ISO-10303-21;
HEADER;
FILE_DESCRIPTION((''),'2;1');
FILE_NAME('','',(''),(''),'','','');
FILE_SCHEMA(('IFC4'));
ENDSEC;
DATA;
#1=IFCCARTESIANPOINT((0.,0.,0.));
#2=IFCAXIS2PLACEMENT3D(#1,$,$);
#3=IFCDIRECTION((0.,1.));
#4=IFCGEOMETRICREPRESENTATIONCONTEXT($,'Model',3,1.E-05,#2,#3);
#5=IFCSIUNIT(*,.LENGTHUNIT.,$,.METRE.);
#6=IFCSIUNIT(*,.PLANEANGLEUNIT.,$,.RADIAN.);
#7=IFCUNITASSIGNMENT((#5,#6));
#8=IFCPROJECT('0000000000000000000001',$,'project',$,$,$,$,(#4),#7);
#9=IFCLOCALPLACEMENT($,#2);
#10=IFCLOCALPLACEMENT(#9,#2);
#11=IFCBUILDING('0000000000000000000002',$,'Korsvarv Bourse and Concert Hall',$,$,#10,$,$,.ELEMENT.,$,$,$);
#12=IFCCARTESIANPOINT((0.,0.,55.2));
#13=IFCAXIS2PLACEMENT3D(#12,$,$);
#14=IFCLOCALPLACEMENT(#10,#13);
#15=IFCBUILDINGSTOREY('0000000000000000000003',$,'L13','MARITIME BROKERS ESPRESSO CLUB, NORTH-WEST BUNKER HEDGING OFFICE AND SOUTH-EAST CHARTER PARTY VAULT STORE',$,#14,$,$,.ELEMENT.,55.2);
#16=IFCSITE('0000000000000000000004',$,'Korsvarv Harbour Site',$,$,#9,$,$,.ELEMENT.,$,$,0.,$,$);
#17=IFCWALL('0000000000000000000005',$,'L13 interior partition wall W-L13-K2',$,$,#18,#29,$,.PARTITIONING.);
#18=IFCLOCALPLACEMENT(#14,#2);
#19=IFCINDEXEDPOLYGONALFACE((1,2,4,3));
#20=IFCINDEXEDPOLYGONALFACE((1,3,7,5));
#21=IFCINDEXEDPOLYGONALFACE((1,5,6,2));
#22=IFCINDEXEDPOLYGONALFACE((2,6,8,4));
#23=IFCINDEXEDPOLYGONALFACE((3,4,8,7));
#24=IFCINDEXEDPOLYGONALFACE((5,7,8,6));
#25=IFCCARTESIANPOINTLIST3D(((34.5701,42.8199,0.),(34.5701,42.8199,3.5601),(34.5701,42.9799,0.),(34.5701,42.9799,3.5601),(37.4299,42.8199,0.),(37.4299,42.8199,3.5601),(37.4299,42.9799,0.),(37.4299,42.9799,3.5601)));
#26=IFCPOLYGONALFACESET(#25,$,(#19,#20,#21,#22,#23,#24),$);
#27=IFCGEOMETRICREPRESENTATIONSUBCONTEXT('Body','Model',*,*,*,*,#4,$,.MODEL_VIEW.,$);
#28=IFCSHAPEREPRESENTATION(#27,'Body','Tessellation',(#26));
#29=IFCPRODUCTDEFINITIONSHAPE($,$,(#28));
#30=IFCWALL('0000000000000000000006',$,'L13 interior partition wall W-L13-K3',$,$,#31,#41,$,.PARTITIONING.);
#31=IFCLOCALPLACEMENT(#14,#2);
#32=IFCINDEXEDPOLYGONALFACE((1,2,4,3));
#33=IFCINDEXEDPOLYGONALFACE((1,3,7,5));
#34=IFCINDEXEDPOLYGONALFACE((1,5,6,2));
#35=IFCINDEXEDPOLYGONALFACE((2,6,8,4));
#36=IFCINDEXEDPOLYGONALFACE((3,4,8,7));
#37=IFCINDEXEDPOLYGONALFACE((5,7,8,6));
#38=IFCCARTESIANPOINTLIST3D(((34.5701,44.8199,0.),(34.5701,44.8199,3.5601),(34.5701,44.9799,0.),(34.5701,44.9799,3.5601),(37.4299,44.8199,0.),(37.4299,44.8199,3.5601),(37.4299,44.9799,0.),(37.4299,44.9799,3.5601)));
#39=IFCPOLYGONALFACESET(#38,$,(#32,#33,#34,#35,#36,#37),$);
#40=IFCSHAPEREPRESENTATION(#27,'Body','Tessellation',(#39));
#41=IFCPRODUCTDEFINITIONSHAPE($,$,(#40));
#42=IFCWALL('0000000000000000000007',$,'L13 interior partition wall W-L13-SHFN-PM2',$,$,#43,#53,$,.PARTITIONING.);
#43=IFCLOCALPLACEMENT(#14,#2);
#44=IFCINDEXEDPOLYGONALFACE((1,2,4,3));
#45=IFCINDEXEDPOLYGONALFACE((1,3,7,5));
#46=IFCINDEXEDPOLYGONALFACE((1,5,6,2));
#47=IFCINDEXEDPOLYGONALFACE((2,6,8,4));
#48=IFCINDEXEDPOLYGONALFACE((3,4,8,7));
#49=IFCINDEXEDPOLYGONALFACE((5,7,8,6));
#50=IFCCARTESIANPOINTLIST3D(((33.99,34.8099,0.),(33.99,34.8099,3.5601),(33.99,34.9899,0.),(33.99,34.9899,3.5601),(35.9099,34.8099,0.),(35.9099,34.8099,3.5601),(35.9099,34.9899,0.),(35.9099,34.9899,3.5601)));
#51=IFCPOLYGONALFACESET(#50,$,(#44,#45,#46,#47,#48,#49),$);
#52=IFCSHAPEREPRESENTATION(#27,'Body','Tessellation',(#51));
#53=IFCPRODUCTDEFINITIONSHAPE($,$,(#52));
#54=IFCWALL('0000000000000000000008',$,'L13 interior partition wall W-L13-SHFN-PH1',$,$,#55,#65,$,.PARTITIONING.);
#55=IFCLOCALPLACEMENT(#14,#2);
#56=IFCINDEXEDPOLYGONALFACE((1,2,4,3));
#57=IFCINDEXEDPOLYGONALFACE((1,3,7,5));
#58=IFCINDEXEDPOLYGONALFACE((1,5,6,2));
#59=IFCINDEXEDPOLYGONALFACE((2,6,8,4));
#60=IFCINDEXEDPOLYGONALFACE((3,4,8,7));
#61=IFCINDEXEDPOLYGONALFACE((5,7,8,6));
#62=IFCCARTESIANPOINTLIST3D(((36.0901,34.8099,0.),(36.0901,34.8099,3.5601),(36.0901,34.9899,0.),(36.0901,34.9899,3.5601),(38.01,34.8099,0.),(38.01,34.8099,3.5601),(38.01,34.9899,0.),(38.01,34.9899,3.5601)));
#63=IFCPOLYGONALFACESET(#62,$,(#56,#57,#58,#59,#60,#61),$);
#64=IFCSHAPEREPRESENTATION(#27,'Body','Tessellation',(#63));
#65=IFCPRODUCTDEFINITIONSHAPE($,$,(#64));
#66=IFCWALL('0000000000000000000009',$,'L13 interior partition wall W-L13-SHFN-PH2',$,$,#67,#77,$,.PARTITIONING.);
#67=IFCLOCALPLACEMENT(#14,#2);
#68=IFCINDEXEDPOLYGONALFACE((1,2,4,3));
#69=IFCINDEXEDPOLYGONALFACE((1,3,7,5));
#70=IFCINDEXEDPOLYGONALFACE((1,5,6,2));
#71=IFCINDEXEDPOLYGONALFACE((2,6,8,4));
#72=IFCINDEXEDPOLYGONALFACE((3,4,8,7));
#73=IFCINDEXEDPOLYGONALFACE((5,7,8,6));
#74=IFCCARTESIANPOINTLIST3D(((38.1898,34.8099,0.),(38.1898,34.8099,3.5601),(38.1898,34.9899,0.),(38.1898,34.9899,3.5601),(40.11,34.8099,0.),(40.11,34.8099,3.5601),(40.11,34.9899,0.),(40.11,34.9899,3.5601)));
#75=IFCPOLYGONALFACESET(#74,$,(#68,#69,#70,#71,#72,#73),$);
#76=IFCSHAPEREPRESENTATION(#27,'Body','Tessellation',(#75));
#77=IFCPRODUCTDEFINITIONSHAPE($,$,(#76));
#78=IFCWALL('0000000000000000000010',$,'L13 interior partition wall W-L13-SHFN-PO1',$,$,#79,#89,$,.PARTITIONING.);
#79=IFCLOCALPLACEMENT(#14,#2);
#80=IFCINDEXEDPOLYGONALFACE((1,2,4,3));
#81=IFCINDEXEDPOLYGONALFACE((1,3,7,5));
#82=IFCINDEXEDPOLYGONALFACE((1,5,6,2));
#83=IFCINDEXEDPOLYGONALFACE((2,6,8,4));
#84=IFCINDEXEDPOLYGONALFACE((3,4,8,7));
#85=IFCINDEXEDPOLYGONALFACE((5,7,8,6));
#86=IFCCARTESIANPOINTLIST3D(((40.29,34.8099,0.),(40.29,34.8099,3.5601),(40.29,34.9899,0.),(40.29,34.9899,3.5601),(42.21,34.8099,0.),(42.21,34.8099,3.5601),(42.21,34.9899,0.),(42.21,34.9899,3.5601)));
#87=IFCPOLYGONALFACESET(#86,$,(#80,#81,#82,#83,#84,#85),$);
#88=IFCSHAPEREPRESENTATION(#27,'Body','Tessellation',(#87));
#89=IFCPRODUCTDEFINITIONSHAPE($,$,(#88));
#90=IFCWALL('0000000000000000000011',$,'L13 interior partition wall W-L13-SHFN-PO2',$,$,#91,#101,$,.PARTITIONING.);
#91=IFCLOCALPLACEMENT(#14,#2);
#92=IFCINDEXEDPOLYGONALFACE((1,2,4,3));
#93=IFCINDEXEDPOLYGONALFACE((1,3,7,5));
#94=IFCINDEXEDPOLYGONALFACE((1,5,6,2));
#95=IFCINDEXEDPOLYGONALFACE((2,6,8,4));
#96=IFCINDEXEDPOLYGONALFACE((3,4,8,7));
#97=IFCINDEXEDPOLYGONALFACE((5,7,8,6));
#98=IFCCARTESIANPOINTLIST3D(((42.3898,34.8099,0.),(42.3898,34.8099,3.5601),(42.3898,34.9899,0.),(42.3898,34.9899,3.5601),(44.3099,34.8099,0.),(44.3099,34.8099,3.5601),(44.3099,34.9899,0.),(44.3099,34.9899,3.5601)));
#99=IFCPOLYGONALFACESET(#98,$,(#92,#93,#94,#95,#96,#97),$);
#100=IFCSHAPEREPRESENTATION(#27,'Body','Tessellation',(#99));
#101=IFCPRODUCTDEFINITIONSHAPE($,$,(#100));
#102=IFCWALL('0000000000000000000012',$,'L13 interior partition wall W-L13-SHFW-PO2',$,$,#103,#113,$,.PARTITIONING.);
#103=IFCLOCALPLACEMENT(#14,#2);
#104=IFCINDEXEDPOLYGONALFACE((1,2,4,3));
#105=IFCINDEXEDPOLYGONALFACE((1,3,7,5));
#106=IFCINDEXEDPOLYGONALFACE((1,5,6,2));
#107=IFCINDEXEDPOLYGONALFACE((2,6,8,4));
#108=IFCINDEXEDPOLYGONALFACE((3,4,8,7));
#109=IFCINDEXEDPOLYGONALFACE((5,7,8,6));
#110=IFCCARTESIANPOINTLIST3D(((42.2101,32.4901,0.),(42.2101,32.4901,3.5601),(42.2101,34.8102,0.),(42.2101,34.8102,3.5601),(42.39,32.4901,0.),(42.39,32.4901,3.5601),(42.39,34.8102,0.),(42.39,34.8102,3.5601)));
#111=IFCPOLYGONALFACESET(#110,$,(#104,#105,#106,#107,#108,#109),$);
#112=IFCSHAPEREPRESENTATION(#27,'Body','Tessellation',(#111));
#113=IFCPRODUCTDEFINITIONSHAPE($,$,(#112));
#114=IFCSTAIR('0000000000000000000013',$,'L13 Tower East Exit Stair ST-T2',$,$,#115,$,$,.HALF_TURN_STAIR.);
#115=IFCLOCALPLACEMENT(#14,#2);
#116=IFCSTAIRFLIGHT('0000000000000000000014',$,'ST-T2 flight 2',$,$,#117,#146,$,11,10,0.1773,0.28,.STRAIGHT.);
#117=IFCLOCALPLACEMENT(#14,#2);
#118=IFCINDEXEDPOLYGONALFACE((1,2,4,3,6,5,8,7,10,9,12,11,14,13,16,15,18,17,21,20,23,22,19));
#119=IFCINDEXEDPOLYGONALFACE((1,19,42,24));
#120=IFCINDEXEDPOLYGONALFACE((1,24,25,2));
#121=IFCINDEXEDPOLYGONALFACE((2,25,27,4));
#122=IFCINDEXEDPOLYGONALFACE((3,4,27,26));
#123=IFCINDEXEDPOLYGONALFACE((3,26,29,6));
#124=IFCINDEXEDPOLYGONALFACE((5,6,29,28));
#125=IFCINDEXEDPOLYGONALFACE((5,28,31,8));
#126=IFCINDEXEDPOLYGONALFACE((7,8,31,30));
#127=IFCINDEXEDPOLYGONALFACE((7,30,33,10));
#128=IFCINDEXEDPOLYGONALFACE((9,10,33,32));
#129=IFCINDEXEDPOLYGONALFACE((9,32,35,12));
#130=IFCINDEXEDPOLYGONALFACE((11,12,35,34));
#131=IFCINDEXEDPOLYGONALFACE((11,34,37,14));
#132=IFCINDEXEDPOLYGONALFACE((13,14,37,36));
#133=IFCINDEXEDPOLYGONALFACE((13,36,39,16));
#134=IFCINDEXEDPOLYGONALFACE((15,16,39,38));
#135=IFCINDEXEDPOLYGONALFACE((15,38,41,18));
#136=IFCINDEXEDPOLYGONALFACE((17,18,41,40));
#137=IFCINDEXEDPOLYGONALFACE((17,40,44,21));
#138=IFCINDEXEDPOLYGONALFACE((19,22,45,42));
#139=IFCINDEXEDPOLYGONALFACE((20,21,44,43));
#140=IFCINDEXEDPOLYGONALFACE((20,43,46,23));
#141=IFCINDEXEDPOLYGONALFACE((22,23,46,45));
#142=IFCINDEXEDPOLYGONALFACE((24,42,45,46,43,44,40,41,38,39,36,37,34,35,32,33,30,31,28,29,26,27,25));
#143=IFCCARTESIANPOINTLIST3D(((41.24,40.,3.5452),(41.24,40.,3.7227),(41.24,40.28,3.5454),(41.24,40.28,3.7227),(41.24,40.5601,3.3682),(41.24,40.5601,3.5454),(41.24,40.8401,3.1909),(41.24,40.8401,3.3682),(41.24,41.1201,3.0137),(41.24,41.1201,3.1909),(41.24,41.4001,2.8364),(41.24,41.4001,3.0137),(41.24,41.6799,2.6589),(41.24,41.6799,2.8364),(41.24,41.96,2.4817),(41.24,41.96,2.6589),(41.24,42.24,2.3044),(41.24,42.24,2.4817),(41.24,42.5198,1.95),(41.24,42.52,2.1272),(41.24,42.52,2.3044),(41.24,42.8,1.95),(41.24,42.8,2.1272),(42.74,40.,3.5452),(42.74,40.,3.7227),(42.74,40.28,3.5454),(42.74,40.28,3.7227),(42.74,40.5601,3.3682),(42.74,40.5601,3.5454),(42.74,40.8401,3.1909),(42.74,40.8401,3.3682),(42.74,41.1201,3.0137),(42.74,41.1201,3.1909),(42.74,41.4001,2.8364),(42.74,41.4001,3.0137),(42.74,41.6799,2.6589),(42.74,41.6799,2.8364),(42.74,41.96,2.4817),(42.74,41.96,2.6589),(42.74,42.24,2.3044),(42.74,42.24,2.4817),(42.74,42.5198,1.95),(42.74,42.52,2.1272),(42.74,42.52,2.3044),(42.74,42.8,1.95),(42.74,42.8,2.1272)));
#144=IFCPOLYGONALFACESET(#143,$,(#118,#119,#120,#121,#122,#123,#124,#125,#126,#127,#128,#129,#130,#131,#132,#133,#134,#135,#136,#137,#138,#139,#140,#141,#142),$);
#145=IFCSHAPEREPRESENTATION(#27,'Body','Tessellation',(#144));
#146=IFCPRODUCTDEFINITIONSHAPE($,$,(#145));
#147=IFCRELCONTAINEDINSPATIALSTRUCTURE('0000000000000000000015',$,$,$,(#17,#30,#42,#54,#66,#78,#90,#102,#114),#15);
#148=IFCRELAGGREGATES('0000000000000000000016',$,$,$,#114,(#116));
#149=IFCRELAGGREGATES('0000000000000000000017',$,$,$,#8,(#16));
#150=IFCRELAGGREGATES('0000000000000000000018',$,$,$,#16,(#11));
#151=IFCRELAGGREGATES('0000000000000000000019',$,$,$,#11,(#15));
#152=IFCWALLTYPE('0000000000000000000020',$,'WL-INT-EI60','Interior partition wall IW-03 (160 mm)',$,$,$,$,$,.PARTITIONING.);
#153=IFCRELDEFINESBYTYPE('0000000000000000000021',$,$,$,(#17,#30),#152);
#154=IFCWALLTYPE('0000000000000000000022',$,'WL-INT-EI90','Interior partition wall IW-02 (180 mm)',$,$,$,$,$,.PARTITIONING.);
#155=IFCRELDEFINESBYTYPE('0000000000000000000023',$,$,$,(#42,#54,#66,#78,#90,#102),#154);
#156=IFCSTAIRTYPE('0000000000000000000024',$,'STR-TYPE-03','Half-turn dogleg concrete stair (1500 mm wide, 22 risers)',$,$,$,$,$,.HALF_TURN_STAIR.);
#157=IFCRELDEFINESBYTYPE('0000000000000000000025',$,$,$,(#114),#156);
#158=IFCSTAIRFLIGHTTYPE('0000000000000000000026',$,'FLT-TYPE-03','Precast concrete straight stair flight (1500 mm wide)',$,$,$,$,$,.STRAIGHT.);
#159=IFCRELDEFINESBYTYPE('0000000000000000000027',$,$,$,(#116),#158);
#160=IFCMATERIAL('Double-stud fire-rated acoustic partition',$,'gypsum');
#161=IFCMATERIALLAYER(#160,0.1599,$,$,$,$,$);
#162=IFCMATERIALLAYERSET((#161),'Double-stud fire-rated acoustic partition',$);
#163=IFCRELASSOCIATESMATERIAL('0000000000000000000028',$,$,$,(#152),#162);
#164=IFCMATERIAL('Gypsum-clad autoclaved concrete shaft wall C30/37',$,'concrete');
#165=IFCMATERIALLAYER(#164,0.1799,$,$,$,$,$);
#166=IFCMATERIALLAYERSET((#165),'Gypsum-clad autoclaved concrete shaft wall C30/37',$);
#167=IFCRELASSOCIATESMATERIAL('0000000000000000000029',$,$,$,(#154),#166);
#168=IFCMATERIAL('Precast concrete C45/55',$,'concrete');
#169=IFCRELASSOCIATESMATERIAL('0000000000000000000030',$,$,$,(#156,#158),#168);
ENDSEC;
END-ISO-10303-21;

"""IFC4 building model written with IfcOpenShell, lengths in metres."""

from ifc_helpers import new_model, si_unit, direction, frame, frame_2d, origin, place, context, subcontext, project, spatial, polyline, rectangle, outline, extrude, material, layer, layer_set, type_object, element, aggregate, save


model = new_model("IFC4")

# Units and contexts
model_context = context("Model", 3, precision=1e-05, world=origin(), true_north=direction((0.0, 1.0)))
body_context = subcontext(model_context, "Body", "Model", "MODEL_VIEW")
ifc_project = project(units=[si_unit("LENGTHUNIT", "METRE"), si_unit("PLANEANGLEUNIT", "RADIAN")], contexts=[model_context])

# Site, building, storey
site_placement = place(None, origin())
site = spatial("IfcSite", under=ifc_project, at=site_placement, Name="Korsvarv Harbour Site", CompositionType="ELEMENT", RefElevation=0.0)
building_placement = place(site_placement, origin())
building = spatial("IfcBuilding", under=site, at=building_placement, Name="Korsvarv Bourse and Concert Hall", CompositionType="ELEMENT")
storey_placement = place(building_placement, frame((0.0, 0.0, 55.2)))
storey = spatial("IfcBuildingStorey", under=building, at=storey_placement, Name="L13", Description="MARITIME BROKERS ESPRESSO CLUB, NORTH-WEST BUNKER HEDGING OFFICE AND SOUTH-EAST CHARTER PARTY VAULT STORE", CompositionType="ELEMENT", Elevation=55.2)

# Walls
ifc_material_1 = material(Name="Double-stud fire-rated acoustic partition", Category="gypsum")
ifc_layer_1 = layer(ifc_material_1, 0.1599)
ifc_layer_set_1 = layer_set([ifc_layer_1], Name="Double-stud fire-rated acoustic partition")
wall_type_1 = type_object("IfcWallType", Name="WL-INT-EI60", Description="Interior partition wall IW-03 (160 mm)", PredefinedType="PARTITIONING", material=ifc_layer_set_1)
for number, where, z_axis, x_axis, name in (
    (1, (34.5701, 42.8999, 0.0), (0.0, 0.0, 1.0), (1.0, 0.0, 0.0), "L13 interior partition wall W-L13-K2"),
    (2, (34.5701, 44.8999, 0.0), (0.0, 0.0, 1.0), (1.0, 0.0, 0.0), "L13 interior partition wall W-L13-K3"),
):
    element("IfcWall", number, at=place(storey_placement, frame(where, z_axis=z_axis, x_axis=x_axis)), inside=storey, type_object=wall_type_1, Name=name, PredefinedType="PARTITIONING", context=body_context, shape_type="SweptSolid", body=[
        extrude(rectangle(XDim=2.8599, YDim=0.1599, at=frame_2d((1.4299, 0.0))), origin(), (0.0, 0.0, 1.0), 3.5601),
    ])
ifc_material_2 = material(Name="Gypsum-clad autoclaved concrete shaft wall C30/37", Category="concrete")
ifc_layer_2 = layer(ifc_material_2, 0.1799)
ifc_layer_set_2 = layer_set([ifc_layer_2], Name="Gypsum-clad autoclaved concrete shaft wall C30/37")
wall_type_2 = type_object("IfcWallType", Name="WL-INT-EI90", Description="Interior partition wall IW-02 (180 mm)", PredefinedType="PARTITIONING", material=ifc_layer_set_2)
for number, where, z_axis, x_axis, name in (
    (3, (33.99, 34.8999, 0.0), (0.0, 0.0, 1.0), (1.0, 0.0, 0.0), "L13 interior partition wall W-L13-SHFN-PM2"),
    (4, (36.0901, 34.8999, 0.0), (0.0, 0.0, 1.0), (1.0, 0.0, 0.0), "L13 interior partition wall W-L13-SHFN-PH1"),
):
    element("IfcWall", number, at=place(storey_placement, frame(where, z_axis=z_axis, x_axis=x_axis)), inside=storey, type_object=wall_type_2, Name=name, PredefinedType="PARTITIONING", context=body_context, shape_type="SweptSolid", body=[
        extrude(rectangle(XDim=1.9199, YDim=0.1799, at=frame_2d((0.96, 0.0))), origin(), (0.0, 0.0, 1.0), 3.5601),
    ])
wall_1_placement = place(storey_placement, frame((38.1899, 34.8999, 0.0), z_axis=(0.0, 0.0, 1.0), x_axis=(1.0, 0.0, 0.0)))
element("IfcWall", 5, at=wall_1_placement, inside=storey, type_object=wall_type_2, Name="L13 interior partition wall W-L13-SHFN-PH2", PredefinedType="PARTITIONING", context=body_context, shape_type="SweptSolid", body=[
    extrude(rectangle(XDim=1.9202, YDim=0.1799, at=frame_2d((0.96, 0.0))), origin(), (0.0, 0.0, 1.0), 3.5601),
])
wall_2_placement = place(storey_placement, frame((40.29, 34.8999, 0.0), z_axis=(0.0, 0.0, 1.0), x_axis=(1.0, 0.0, 0.0)))
element("IfcWall", 6, at=wall_2_placement, inside=storey, type_object=wall_type_2, Name="L13 interior partition wall W-L13-SHFN-PO1", PredefinedType="PARTITIONING", context=body_context, shape_type="SweptSolid", body=[
    extrude(rectangle(XDim=1.9199, YDim=0.1799, at=frame_2d((0.96, 0.0))), origin(), (0.0, 0.0, 1.0), 3.5601),
])
wall_3_placement = place(storey_placement, frame((42.3899, 34.8999, 0.0), z_axis=(0.0, 0.0, 1.0), x_axis=(1.0, 0.0, 0.0)))
element("IfcWall", 7, at=wall_3_placement, inside=storey, type_object=wall_type_2, Name="L13 interior partition wall W-L13-SHFN-PO2", PredefinedType="PARTITIONING", context=body_context, shape_type="SweptSolid", body=[
    extrude(rectangle(XDim=1.9202, YDim=0.1799, at=frame_2d((0.96, 0.0))), origin(), (0.0, 0.0, 1.0), 3.5601),
])
wall_4_placement = place(storey_placement, frame((42.3, 32.49, 0.0), z_axis=(0.0, 0.0, 1.0), x_axis=(0.0, 1.0, 0.0)))
element("IfcWall", 8, at=wall_4_placement, inside=storey, type_object=wall_type_2, Name="L13 interior partition wall W-L13-SHFW-PO2", PredefinedType="PARTITIONING", context=body_context, shape_type="SweptSolid", body=[
    extrude(rectangle(XDim=2.3201, YDim=0.1799, at=frame_2d((1.1602, 0.0))), origin(), (0.0, 0.0, 1.0), 3.5601),
])

# Stair, stair flight
ifc_material_3 = material(Name="Precast concrete C45/55", Category="concrete")
stair_type = type_object("IfcStairType", Name="STR-TYPE-03", Description="Half-turn dogleg concrete stair (1500 mm wide, 22 risers)", PredefinedType="HALF_TURN_STAIR", material=ifc_material_3)
stair_placement = place(storey_placement, origin())
stair = element("IfcStair", 9, at=stair_placement, inside=storey, type_object=stair_type, Name="L13 Tower East Exit Stair ST-T2", PredefinedType="HALF_TURN_STAIR")
stair_flight_type = type_object("IfcStairFlightType", Name="FLT-TYPE-03", Description="Precast concrete straight stair flight (1500 mm wide)", PredefinedType="STRAIGHT", material=ifc_material_3)
stair_flight_placement = place(storey_placement, frame((41.99, 42.8, 1.95), z_axis=(0.0, 0.0, 1.0), x_axis=(0.0, -1.0, 0.0)))
stair_flight = element("IfcStairFlight", 10, at=stair_flight_placement, type_object=stair_flight_type, Name="ST-T2 flight 2", NumberOfRisers=11, NumberOfTreads=10, PredefinedType="STRAIGHT", RiserHeight=0.1773, TreadLength=0.28, context=body_context, shape_type="SweptSolid", body=[
    extrude(outline(polyline([(0.0, 0.0), (0.0, 0.1772), (0.28, 0.1772), (0.28, 0.3545), (0.5601, 0.3545), (0.5601, 0.5317), (0.8401, 0.5317), (0.8401, 0.709), (1.1201, 0.709), (1.1201, 0.8865), (1.3999, 0.8865), (1.3999, 1.0637), (1.6799, 1.0637), (1.6799, 1.241), (1.96, 1.241), (1.96, 1.4182), (2.24, 1.4182), (2.24, 1.5955), (2.52, 1.5955), (2.52, 1.7727), (2.8, 1.7727), (2.8, 1.95), (2.8, 1.5952), (0.2803, 0.0), (0.0, 0.0)])), frame((0.0, 0.75, 0.0), z_axis=(0.0, -1.0, 0.0), x_axis=(1.0, 0.0, 0.0)), (0.0, 0.0, 1.0), 1.5),
])
aggregate(stair, [stair_flight])

save(model, "model.ifc")
